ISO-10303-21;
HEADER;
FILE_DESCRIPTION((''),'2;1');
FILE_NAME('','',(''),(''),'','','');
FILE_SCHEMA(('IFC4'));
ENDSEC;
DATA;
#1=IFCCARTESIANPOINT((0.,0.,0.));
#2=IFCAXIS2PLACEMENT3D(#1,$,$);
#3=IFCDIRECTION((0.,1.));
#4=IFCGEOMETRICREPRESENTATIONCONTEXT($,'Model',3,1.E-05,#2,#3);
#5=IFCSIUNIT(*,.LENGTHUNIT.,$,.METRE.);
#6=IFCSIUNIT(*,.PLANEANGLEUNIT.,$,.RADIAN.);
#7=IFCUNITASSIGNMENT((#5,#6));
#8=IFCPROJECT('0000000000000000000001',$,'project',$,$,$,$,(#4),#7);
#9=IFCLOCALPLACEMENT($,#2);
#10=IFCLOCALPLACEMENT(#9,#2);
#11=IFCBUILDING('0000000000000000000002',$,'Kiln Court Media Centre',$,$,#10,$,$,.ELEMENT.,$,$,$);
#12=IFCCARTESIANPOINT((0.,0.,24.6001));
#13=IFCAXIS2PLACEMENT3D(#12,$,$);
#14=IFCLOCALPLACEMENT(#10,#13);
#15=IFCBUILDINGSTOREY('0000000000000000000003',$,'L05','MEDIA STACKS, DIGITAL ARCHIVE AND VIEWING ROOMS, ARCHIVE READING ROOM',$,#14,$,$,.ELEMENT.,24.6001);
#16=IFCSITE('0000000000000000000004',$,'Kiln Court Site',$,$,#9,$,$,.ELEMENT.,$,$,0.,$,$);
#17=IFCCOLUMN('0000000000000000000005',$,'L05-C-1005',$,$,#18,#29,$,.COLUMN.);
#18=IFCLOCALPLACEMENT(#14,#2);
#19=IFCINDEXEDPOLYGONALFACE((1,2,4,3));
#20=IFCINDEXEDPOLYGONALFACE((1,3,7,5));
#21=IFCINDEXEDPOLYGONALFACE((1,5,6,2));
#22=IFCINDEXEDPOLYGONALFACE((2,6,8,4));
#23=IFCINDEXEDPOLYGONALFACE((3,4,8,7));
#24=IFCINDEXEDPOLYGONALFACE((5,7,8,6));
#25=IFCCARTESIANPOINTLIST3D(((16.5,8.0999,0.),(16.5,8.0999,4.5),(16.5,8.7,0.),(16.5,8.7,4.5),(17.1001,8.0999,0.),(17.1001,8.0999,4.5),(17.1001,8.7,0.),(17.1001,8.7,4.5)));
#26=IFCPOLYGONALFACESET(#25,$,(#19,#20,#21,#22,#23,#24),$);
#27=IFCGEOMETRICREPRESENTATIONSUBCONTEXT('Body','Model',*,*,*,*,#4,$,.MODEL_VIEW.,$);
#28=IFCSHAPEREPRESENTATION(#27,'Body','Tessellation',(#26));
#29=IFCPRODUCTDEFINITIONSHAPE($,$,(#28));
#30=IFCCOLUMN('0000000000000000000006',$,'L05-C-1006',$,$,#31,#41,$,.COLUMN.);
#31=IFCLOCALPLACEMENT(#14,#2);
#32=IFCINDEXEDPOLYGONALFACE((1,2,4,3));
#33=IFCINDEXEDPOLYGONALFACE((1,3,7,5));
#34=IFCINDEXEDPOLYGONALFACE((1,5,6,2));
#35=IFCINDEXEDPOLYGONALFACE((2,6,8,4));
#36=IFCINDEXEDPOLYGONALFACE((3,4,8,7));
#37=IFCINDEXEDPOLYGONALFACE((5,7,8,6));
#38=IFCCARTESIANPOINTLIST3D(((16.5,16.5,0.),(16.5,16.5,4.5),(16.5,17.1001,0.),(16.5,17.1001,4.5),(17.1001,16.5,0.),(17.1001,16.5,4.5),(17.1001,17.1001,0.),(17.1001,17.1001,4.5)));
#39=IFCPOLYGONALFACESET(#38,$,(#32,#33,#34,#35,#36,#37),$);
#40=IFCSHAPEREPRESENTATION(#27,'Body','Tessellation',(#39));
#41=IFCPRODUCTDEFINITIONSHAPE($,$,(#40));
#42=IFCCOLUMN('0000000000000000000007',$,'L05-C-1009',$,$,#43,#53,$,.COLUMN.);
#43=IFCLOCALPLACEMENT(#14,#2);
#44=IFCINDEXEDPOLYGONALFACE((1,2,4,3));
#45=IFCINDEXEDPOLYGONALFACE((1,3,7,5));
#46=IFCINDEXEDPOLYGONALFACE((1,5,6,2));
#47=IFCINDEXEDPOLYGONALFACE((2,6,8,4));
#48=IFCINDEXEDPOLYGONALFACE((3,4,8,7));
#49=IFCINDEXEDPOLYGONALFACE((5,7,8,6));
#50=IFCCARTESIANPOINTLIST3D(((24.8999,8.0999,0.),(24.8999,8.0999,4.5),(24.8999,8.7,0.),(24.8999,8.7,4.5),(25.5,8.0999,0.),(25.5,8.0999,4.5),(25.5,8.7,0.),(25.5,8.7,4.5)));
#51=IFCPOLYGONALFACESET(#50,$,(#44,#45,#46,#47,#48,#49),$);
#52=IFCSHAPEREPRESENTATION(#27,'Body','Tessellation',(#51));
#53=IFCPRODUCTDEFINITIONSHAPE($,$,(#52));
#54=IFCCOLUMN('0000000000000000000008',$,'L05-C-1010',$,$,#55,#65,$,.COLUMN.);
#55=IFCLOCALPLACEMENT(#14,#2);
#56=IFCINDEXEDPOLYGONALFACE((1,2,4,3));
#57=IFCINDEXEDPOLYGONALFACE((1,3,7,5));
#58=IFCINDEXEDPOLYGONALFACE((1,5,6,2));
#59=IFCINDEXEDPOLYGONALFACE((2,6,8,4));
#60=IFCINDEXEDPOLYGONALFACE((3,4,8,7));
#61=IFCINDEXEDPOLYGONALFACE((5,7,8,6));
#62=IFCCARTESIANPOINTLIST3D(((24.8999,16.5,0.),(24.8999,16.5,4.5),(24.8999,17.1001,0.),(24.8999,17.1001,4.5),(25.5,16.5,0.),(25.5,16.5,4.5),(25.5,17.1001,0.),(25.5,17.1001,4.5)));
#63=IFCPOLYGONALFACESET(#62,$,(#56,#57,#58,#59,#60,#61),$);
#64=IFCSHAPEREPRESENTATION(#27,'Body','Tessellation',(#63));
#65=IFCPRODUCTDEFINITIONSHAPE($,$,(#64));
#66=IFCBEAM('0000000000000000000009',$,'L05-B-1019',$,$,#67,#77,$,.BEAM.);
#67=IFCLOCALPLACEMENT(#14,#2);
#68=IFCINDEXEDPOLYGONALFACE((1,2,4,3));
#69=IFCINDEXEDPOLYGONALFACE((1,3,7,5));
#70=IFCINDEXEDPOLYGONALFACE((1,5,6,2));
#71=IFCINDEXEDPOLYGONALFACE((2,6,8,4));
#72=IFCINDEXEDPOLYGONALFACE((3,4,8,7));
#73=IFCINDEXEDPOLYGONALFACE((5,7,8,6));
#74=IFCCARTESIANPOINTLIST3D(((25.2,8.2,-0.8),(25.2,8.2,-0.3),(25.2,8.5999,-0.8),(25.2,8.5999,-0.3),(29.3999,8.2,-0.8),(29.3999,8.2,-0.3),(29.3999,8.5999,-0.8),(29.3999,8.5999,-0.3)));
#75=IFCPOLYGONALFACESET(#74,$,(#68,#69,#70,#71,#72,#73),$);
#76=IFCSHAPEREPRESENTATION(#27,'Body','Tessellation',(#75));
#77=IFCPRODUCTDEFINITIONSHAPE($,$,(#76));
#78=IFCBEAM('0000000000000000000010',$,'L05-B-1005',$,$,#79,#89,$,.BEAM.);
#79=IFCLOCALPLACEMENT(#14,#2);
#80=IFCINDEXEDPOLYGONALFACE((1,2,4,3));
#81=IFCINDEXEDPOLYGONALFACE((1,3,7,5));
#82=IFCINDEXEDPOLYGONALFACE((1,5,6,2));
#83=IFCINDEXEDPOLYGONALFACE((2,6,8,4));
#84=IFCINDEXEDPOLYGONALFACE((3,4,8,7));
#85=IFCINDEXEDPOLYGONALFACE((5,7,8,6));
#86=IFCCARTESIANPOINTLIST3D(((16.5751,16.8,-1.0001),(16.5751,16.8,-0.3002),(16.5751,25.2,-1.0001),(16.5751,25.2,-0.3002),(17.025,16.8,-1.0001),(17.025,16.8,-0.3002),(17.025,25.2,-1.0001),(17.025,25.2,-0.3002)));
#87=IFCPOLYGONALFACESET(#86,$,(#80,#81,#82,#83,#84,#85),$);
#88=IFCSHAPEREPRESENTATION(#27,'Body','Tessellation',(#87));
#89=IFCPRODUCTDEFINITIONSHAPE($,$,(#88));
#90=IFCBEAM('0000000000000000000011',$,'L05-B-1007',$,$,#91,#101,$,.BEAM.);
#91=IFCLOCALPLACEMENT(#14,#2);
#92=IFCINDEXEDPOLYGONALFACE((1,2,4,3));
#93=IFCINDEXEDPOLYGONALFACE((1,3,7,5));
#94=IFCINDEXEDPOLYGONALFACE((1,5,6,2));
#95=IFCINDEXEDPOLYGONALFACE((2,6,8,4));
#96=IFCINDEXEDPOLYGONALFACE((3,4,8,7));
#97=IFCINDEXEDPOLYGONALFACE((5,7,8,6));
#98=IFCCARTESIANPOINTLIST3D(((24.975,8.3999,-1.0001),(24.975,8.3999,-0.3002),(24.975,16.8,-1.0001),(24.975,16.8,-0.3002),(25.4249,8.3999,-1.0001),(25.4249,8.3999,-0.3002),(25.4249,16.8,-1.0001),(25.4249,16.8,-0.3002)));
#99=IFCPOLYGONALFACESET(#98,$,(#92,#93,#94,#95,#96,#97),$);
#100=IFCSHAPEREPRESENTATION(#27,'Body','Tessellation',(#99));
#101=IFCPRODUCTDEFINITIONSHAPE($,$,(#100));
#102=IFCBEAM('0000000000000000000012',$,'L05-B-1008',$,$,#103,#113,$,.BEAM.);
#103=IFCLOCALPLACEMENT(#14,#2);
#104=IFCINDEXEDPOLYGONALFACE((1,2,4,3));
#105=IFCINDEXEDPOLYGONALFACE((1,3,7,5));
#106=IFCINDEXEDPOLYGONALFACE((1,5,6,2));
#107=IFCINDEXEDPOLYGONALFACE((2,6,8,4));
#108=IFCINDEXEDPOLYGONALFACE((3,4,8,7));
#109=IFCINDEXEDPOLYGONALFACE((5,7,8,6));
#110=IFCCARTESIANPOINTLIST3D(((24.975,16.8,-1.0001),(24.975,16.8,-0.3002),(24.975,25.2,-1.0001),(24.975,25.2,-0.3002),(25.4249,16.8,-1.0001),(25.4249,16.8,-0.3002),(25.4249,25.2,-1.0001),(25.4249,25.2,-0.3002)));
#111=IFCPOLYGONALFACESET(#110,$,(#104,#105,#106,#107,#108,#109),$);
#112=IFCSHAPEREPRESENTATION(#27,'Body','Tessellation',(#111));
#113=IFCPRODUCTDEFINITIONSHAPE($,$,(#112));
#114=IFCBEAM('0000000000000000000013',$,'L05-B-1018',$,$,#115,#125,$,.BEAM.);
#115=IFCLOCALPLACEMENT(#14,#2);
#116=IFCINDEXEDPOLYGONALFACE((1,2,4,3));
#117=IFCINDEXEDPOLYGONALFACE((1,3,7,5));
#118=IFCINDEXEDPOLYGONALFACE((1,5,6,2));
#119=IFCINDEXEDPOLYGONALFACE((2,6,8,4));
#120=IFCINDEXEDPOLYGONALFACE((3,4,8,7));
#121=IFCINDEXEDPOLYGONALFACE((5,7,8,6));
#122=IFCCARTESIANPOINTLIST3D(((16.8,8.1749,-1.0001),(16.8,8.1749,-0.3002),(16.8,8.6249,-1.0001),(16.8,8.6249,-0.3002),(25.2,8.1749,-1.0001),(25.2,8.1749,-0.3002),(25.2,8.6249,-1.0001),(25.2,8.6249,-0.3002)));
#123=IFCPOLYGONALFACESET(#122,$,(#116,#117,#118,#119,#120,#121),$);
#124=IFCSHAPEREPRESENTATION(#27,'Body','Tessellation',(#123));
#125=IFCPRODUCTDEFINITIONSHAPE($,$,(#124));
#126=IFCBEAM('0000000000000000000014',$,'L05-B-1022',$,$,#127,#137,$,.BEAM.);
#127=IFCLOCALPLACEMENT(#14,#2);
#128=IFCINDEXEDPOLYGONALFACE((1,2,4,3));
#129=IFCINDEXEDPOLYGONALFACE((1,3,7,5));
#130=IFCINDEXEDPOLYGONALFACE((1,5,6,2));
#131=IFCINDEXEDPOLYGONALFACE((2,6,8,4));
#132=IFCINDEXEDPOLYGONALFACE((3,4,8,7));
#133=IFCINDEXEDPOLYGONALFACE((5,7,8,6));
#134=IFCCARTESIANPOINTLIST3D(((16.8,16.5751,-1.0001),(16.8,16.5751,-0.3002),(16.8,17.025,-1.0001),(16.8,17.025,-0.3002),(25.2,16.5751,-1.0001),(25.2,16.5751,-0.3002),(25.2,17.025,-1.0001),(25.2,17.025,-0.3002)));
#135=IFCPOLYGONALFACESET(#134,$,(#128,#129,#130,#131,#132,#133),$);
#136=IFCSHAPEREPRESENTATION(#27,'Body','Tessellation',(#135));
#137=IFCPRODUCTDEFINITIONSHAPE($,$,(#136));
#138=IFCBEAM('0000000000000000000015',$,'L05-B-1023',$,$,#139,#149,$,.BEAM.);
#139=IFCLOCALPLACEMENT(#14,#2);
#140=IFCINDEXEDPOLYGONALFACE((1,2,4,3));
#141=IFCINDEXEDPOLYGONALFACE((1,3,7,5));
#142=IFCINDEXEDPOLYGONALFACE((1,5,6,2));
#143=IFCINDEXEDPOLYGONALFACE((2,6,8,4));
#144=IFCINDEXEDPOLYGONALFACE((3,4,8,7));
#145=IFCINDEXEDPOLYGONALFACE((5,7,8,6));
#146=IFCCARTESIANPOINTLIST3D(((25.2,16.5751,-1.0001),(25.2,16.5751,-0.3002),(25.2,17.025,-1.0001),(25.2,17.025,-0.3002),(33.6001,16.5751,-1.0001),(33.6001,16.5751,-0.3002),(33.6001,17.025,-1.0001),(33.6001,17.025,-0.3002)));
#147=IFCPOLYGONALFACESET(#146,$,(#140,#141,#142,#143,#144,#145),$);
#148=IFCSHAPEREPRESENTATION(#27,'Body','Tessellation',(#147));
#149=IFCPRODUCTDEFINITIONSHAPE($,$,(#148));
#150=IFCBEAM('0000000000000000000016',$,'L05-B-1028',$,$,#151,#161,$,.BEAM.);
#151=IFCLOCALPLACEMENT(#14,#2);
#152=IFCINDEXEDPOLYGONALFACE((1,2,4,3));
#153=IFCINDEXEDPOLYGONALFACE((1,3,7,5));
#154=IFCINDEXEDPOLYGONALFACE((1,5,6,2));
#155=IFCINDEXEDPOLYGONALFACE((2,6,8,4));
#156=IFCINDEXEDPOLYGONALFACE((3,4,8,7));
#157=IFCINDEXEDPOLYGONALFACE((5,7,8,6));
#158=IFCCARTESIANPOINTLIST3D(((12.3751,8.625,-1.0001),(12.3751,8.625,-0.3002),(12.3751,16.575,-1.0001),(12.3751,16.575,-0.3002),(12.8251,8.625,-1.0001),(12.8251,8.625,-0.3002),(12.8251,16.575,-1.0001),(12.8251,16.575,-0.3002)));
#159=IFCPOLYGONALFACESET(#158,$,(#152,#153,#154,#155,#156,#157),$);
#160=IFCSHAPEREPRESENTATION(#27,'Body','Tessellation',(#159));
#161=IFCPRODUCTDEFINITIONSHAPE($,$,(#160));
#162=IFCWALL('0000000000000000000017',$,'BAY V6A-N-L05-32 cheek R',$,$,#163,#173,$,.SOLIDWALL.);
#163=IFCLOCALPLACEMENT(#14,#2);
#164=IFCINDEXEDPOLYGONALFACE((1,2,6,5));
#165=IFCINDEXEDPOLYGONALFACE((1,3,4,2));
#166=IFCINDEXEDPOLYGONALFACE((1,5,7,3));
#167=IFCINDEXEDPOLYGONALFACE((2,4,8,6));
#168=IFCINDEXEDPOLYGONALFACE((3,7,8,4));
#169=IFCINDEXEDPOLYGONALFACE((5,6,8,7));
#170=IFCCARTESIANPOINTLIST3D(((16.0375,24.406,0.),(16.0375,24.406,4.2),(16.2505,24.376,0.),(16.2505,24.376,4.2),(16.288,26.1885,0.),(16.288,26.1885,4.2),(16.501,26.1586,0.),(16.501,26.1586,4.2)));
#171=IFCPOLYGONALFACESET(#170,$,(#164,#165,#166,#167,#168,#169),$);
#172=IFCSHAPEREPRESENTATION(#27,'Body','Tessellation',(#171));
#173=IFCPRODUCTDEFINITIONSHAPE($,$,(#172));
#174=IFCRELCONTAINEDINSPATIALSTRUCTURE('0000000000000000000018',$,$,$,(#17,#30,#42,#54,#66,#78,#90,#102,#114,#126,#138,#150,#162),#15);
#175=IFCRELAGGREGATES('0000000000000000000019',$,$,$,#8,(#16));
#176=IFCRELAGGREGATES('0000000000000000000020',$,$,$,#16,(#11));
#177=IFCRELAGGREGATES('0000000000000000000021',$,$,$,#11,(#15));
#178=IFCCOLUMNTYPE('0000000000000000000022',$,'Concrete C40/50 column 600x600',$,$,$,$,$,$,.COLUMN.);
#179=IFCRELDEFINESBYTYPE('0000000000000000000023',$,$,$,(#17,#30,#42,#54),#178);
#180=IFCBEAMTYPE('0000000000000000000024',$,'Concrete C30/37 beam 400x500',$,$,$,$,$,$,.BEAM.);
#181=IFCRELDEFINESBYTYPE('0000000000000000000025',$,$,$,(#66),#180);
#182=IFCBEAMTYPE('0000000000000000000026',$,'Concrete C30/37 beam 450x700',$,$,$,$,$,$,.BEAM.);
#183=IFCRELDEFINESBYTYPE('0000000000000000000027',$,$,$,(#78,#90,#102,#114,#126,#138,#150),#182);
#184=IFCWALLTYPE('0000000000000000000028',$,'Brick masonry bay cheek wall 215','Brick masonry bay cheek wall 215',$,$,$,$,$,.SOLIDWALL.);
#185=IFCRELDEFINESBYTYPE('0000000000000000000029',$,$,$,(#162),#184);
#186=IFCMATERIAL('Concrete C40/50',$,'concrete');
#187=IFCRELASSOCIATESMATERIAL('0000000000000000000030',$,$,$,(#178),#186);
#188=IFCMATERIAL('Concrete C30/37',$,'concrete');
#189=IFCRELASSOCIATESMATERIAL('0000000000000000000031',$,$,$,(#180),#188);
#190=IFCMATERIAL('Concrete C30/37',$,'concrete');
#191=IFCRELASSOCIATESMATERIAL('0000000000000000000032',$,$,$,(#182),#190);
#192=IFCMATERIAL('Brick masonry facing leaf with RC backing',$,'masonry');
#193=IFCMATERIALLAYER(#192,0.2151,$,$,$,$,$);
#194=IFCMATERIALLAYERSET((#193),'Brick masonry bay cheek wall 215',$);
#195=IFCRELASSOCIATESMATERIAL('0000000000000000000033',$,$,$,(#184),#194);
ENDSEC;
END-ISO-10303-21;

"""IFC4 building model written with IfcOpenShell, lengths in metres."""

from ifc_helpers import new_model, si_unit, direction, frame, frame_2d, origin, origin_2d, place, context, subcontext, project, spatial, rectangle, extrude, material, layer, layer_set, material_profile, profile_set, type_object, element, save


model = new_model("IFC4")

# Units and contexts
model_context = context("Model", 3, precision=1e-05, world=origin(), true_north=direction((0.0, 1.0)))
body_context = subcontext(model_context, "Body", "Model", "MODEL_VIEW")
ifc_project = project(units=[si_unit("LENGTHUNIT", "METRE"), si_unit("PLANEANGLEUNIT", "RADIAN")], contexts=[model_context])

# Site, building, storey
site_placement = place(None, origin())
site = spatial("IfcSite", under=ifc_project, at=site_placement, Name="Kiln Court Site", CompositionType="ELEMENT", RefElevation=0.0)
building_placement = place(site_placement, origin())
building = spatial("IfcBuilding", under=site, at=building_placement, Name="Kiln Court Media Centre", CompositionType="ELEMENT")
storey_placement = place(building_placement, frame((0.0, 0.0, 24.6001)))
storey = spatial("IfcBuildingStorey", under=building, at=storey_placement, Name="L05", Description="MEDIA STACKS, DIGITAL ARCHIVE AND VIEWING ROOMS, ARCHIVE READING ROOM", CompositionType="ELEMENT", Elevation=24.6001)

# Columns
ifc_material_1 = material(Name="Concrete C40/50", Category="concrete")
ifc_material_profile_1 = material_profile(ifc_material_1, rectangle(XDim=0.6001, YDim=0.6001, at=origin_2d()), Name="RC 600x600")
ifc_profile_set_1 = profile_set([ifc_material_profile_1], Name="Concrete C40/50")
column_type = type_object("IfcColumnType", Name="Concrete C40/50 column 600x600", PredefinedType="COLUMN", material=ifc_profile_set_1)
for number, where, z_axis, x_axis, name in (
    (1, (16.8, 8.3999, 0.0), (0.0, 0.0, 1.0), (1.0, 0.0, 0.0), "L05-C-1005"),
    (2, (16.8, 16.8, 0.0), (0.0, 0.0, 1.0), (1.0, 0.0, 0.0), "L05-C-1006"),
    (3, (25.2, 8.3999, 0.0), (0.0, 0.0, 1.0), (1.0, 0.0, 0.0), "L05-C-1009"),
    (4, (25.2, 16.8, 0.0), (0.0, 0.0, 1.0), (1.0, 0.0, 0.0), "L05-C-1010"),
):
    element("IfcColumn", number, at=place(storey_placement, frame(where, z_axis=z_axis, x_axis=x_axis)), inside=storey, type_object=column_type, Name=name, PredefinedType="COLUMN", context=body_context, shape_type="SweptSolid", body=[
        extrude(rectangle(XDim=0.6001, YDim=0.6001, at=origin_2d()), origin(), (0.0, 0.0, 1.0), 4.5),
    ])

# Beams
ifc_material_2 = material(Name="Concrete C30/37", Category="concrete")
ifc_material_profile_2 = material_profile(ifc_material_2, rectangle(XDim=0.3999, YDim=0.5, at=origin_2d()), Name="RC 400x500")
ifc_profile_set_2 = profile_set([ifc_material_profile_2], Name="Concrete C30/37")
beam_type_1 = type_object("IfcBeamType", Name="Concrete C30/37 beam 400x500", PredefinedType="BEAM", material=ifc_profile_set_2)
beam_1_placement = place(storey_placement, frame((25.2, 8.3999, -0.55), z_axis=(1.0, 0.0, 0.0), x_axis=(0.0, 1.0, 0.0)))
element("IfcBeam", 5, at=beam_1_placement, inside=storey, type_object=beam_type_1, Name="L05-B-1019", PredefinedType="BEAM", context=body_context, shape_type="SweptSolid", body=[
    extrude(rectangle(XDim=0.3999, YDim=0.5, at=origin_2d()), origin(), (0.0, 0.0, 1.0), 4.2),
])
ifc_material_3 = material(Name="Concrete C30/37", Category="concrete")
ifc_material_profile_3 = material_profile(ifc_material_3, rectangle(XDim=0.45, YDim=0.7, at=origin_2d()), Name="RC 450x700")
ifc_profile_set_3 = profile_set([ifc_material_profile_3], Name="Concrete C30/37")
beam_type_2 = type_object("IfcBeamType", Name="Concrete C30/37 beam 450x700", PredefinedType="BEAM", material=ifc_profile_set_3)
beam_2_placement = place(storey_placement, frame((16.8, 16.8, -0.6501), z_axis=(0.0, 1.0, 0.0), x_axis=(-1.0, 0.0, 0.0)))
element("IfcBeam", 6, at=beam_2_placement, inside=storey, type_object=beam_type_2, Name="L05-B-1005", PredefinedType="BEAM", context=body_context, shape_type="SweptSolid", body=[
    extrude(rectangle(XDim=0.45, YDim=0.7, at=origin_2d()), origin(), (0.0, 0.0, 1.0), 8.3999),
])
beam_3_placement = place(storey_placement, frame((25.2, 8.3999, -0.6501), z_axis=(0.0, 1.0, 0.0), x_axis=(-1.0, 0.0, 0.0)))
element("IfcBeam", 7, at=beam_3_placement, inside=storey, type_object=beam_type_2, Name="L05-B-1007", PredefinedType="BEAM", context=body_context, shape_type="SweptSolid", body=[
    extrude(rectangle(XDim=0.45, YDim=0.7, at=origin_2d()), origin(), (0.0, 0.0, 1.0), 8.4001),
])
for number, where, z_axis, x_axis, name in (
    (8, (25.2, 16.8, -0.6501), (0.0, 1.0, 0.0), (-1.0, 0.0, 0.0), "L05-B-1008"),
    (9, (16.8, 8.3999, -0.6501), (1.0, 0.0, 0.0), (0.0, 1.0, 0.0), "L05-B-1018"),
    (10, (16.8, 16.8, -0.6501), (1.0, 0.0, 0.0), (0.0, 1.0, 0.0), "L05-B-1022"),
):
    element("IfcBeam", number, at=place(storey_placement, frame(where, z_axis=z_axis, x_axis=x_axis)), inside=storey, type_object=beam_type_2, Name=name, PredefinedType="BEAM", context=body_context, shape_type="SweptSolid", body=[
        extrude(rectangle(XDim=0.45, YDim=0.7, at=origin_2d()), origin(), (0.0, 0.0, 1.0), 8.3999),
    ])
beam_4_placement = place(storey_placement, frame((25.2, 16.8, -0.6501), z_axis=(1.0, 0.0, 0.0), x_axis=(0.0, 1.0, 0.0)))
element("IfcBeam", 11, at=beam_4_placement, inside=storey, type_object=beam_type_2, Name="L05-B-1023", PredefinedType="BEAM", context=body_context, shape_type="SweptSolid", body=[
    extrude(rectangle(XDim=0.45, YDim=0.7, at=origin_2d()), origin(), (0.0, 0.0, 1.0), 8.4001),
])
beam_5_placement = place(storey_placement, frame((12.6001, 16.575, -0.6501), z_axis=(0.0, -1.0, 0.0), x_axis=(1.0, 0.0, 0.0)))
element("IfcBeam", 12, at=beam_5_placement, inside=storey, type_object=beam_type_2, Name="L05-B-1028", PredefinedType="BEAM", context=body_context, shape_type="SweptSolid", body=[
    extrude(rectangle(XDim=0.45, YDim=0.7, at=origin_2d()), origin(), (0.0, 0.0, 1.0), 7.95),
])

# Wall
ifc_material_4 = material(Name="Brick masonry facing leaf with RC backing", Category="masonry")
ifc_layer_1 = layer(ifc_material_4, 0.2151)
ifc_layer_set_1 = layer_set([ifc_layer_1], Name="Brick masonry bay cheek wall 215")
wall_type_1 = type_object("IfcWallType", Name="Brick masonry bay cheek wall 215", Description="Brick masonry bay cheek wall 215", PredefinedType="SOLIDWALL", material=ifc_layer_set_1)
wall_1_placement = place(storey_placement, frame((16.144, 24.3911, 0.0), z_axis=(0.0, 0.0, 1.0), x_axis=(0.139161, 0.99027, 0.0)))
element("IfcWall", 13, at=wall_1_placement, inside=storey, type_object=wall_type_1, Name="BAY V6A-N-L05-32 cheek R", PredefinedType="SOLIDWALL", context=body_context, shape_type="SweptSolid", body=[
    extrude(rectangle(XDim=1.8, YDim=0.2151, at=frame_2d((0.8999, 0.0))), origin(), (0.0, 0.0, 1.0), 4.2),
])

save(model, "model.ifc")
